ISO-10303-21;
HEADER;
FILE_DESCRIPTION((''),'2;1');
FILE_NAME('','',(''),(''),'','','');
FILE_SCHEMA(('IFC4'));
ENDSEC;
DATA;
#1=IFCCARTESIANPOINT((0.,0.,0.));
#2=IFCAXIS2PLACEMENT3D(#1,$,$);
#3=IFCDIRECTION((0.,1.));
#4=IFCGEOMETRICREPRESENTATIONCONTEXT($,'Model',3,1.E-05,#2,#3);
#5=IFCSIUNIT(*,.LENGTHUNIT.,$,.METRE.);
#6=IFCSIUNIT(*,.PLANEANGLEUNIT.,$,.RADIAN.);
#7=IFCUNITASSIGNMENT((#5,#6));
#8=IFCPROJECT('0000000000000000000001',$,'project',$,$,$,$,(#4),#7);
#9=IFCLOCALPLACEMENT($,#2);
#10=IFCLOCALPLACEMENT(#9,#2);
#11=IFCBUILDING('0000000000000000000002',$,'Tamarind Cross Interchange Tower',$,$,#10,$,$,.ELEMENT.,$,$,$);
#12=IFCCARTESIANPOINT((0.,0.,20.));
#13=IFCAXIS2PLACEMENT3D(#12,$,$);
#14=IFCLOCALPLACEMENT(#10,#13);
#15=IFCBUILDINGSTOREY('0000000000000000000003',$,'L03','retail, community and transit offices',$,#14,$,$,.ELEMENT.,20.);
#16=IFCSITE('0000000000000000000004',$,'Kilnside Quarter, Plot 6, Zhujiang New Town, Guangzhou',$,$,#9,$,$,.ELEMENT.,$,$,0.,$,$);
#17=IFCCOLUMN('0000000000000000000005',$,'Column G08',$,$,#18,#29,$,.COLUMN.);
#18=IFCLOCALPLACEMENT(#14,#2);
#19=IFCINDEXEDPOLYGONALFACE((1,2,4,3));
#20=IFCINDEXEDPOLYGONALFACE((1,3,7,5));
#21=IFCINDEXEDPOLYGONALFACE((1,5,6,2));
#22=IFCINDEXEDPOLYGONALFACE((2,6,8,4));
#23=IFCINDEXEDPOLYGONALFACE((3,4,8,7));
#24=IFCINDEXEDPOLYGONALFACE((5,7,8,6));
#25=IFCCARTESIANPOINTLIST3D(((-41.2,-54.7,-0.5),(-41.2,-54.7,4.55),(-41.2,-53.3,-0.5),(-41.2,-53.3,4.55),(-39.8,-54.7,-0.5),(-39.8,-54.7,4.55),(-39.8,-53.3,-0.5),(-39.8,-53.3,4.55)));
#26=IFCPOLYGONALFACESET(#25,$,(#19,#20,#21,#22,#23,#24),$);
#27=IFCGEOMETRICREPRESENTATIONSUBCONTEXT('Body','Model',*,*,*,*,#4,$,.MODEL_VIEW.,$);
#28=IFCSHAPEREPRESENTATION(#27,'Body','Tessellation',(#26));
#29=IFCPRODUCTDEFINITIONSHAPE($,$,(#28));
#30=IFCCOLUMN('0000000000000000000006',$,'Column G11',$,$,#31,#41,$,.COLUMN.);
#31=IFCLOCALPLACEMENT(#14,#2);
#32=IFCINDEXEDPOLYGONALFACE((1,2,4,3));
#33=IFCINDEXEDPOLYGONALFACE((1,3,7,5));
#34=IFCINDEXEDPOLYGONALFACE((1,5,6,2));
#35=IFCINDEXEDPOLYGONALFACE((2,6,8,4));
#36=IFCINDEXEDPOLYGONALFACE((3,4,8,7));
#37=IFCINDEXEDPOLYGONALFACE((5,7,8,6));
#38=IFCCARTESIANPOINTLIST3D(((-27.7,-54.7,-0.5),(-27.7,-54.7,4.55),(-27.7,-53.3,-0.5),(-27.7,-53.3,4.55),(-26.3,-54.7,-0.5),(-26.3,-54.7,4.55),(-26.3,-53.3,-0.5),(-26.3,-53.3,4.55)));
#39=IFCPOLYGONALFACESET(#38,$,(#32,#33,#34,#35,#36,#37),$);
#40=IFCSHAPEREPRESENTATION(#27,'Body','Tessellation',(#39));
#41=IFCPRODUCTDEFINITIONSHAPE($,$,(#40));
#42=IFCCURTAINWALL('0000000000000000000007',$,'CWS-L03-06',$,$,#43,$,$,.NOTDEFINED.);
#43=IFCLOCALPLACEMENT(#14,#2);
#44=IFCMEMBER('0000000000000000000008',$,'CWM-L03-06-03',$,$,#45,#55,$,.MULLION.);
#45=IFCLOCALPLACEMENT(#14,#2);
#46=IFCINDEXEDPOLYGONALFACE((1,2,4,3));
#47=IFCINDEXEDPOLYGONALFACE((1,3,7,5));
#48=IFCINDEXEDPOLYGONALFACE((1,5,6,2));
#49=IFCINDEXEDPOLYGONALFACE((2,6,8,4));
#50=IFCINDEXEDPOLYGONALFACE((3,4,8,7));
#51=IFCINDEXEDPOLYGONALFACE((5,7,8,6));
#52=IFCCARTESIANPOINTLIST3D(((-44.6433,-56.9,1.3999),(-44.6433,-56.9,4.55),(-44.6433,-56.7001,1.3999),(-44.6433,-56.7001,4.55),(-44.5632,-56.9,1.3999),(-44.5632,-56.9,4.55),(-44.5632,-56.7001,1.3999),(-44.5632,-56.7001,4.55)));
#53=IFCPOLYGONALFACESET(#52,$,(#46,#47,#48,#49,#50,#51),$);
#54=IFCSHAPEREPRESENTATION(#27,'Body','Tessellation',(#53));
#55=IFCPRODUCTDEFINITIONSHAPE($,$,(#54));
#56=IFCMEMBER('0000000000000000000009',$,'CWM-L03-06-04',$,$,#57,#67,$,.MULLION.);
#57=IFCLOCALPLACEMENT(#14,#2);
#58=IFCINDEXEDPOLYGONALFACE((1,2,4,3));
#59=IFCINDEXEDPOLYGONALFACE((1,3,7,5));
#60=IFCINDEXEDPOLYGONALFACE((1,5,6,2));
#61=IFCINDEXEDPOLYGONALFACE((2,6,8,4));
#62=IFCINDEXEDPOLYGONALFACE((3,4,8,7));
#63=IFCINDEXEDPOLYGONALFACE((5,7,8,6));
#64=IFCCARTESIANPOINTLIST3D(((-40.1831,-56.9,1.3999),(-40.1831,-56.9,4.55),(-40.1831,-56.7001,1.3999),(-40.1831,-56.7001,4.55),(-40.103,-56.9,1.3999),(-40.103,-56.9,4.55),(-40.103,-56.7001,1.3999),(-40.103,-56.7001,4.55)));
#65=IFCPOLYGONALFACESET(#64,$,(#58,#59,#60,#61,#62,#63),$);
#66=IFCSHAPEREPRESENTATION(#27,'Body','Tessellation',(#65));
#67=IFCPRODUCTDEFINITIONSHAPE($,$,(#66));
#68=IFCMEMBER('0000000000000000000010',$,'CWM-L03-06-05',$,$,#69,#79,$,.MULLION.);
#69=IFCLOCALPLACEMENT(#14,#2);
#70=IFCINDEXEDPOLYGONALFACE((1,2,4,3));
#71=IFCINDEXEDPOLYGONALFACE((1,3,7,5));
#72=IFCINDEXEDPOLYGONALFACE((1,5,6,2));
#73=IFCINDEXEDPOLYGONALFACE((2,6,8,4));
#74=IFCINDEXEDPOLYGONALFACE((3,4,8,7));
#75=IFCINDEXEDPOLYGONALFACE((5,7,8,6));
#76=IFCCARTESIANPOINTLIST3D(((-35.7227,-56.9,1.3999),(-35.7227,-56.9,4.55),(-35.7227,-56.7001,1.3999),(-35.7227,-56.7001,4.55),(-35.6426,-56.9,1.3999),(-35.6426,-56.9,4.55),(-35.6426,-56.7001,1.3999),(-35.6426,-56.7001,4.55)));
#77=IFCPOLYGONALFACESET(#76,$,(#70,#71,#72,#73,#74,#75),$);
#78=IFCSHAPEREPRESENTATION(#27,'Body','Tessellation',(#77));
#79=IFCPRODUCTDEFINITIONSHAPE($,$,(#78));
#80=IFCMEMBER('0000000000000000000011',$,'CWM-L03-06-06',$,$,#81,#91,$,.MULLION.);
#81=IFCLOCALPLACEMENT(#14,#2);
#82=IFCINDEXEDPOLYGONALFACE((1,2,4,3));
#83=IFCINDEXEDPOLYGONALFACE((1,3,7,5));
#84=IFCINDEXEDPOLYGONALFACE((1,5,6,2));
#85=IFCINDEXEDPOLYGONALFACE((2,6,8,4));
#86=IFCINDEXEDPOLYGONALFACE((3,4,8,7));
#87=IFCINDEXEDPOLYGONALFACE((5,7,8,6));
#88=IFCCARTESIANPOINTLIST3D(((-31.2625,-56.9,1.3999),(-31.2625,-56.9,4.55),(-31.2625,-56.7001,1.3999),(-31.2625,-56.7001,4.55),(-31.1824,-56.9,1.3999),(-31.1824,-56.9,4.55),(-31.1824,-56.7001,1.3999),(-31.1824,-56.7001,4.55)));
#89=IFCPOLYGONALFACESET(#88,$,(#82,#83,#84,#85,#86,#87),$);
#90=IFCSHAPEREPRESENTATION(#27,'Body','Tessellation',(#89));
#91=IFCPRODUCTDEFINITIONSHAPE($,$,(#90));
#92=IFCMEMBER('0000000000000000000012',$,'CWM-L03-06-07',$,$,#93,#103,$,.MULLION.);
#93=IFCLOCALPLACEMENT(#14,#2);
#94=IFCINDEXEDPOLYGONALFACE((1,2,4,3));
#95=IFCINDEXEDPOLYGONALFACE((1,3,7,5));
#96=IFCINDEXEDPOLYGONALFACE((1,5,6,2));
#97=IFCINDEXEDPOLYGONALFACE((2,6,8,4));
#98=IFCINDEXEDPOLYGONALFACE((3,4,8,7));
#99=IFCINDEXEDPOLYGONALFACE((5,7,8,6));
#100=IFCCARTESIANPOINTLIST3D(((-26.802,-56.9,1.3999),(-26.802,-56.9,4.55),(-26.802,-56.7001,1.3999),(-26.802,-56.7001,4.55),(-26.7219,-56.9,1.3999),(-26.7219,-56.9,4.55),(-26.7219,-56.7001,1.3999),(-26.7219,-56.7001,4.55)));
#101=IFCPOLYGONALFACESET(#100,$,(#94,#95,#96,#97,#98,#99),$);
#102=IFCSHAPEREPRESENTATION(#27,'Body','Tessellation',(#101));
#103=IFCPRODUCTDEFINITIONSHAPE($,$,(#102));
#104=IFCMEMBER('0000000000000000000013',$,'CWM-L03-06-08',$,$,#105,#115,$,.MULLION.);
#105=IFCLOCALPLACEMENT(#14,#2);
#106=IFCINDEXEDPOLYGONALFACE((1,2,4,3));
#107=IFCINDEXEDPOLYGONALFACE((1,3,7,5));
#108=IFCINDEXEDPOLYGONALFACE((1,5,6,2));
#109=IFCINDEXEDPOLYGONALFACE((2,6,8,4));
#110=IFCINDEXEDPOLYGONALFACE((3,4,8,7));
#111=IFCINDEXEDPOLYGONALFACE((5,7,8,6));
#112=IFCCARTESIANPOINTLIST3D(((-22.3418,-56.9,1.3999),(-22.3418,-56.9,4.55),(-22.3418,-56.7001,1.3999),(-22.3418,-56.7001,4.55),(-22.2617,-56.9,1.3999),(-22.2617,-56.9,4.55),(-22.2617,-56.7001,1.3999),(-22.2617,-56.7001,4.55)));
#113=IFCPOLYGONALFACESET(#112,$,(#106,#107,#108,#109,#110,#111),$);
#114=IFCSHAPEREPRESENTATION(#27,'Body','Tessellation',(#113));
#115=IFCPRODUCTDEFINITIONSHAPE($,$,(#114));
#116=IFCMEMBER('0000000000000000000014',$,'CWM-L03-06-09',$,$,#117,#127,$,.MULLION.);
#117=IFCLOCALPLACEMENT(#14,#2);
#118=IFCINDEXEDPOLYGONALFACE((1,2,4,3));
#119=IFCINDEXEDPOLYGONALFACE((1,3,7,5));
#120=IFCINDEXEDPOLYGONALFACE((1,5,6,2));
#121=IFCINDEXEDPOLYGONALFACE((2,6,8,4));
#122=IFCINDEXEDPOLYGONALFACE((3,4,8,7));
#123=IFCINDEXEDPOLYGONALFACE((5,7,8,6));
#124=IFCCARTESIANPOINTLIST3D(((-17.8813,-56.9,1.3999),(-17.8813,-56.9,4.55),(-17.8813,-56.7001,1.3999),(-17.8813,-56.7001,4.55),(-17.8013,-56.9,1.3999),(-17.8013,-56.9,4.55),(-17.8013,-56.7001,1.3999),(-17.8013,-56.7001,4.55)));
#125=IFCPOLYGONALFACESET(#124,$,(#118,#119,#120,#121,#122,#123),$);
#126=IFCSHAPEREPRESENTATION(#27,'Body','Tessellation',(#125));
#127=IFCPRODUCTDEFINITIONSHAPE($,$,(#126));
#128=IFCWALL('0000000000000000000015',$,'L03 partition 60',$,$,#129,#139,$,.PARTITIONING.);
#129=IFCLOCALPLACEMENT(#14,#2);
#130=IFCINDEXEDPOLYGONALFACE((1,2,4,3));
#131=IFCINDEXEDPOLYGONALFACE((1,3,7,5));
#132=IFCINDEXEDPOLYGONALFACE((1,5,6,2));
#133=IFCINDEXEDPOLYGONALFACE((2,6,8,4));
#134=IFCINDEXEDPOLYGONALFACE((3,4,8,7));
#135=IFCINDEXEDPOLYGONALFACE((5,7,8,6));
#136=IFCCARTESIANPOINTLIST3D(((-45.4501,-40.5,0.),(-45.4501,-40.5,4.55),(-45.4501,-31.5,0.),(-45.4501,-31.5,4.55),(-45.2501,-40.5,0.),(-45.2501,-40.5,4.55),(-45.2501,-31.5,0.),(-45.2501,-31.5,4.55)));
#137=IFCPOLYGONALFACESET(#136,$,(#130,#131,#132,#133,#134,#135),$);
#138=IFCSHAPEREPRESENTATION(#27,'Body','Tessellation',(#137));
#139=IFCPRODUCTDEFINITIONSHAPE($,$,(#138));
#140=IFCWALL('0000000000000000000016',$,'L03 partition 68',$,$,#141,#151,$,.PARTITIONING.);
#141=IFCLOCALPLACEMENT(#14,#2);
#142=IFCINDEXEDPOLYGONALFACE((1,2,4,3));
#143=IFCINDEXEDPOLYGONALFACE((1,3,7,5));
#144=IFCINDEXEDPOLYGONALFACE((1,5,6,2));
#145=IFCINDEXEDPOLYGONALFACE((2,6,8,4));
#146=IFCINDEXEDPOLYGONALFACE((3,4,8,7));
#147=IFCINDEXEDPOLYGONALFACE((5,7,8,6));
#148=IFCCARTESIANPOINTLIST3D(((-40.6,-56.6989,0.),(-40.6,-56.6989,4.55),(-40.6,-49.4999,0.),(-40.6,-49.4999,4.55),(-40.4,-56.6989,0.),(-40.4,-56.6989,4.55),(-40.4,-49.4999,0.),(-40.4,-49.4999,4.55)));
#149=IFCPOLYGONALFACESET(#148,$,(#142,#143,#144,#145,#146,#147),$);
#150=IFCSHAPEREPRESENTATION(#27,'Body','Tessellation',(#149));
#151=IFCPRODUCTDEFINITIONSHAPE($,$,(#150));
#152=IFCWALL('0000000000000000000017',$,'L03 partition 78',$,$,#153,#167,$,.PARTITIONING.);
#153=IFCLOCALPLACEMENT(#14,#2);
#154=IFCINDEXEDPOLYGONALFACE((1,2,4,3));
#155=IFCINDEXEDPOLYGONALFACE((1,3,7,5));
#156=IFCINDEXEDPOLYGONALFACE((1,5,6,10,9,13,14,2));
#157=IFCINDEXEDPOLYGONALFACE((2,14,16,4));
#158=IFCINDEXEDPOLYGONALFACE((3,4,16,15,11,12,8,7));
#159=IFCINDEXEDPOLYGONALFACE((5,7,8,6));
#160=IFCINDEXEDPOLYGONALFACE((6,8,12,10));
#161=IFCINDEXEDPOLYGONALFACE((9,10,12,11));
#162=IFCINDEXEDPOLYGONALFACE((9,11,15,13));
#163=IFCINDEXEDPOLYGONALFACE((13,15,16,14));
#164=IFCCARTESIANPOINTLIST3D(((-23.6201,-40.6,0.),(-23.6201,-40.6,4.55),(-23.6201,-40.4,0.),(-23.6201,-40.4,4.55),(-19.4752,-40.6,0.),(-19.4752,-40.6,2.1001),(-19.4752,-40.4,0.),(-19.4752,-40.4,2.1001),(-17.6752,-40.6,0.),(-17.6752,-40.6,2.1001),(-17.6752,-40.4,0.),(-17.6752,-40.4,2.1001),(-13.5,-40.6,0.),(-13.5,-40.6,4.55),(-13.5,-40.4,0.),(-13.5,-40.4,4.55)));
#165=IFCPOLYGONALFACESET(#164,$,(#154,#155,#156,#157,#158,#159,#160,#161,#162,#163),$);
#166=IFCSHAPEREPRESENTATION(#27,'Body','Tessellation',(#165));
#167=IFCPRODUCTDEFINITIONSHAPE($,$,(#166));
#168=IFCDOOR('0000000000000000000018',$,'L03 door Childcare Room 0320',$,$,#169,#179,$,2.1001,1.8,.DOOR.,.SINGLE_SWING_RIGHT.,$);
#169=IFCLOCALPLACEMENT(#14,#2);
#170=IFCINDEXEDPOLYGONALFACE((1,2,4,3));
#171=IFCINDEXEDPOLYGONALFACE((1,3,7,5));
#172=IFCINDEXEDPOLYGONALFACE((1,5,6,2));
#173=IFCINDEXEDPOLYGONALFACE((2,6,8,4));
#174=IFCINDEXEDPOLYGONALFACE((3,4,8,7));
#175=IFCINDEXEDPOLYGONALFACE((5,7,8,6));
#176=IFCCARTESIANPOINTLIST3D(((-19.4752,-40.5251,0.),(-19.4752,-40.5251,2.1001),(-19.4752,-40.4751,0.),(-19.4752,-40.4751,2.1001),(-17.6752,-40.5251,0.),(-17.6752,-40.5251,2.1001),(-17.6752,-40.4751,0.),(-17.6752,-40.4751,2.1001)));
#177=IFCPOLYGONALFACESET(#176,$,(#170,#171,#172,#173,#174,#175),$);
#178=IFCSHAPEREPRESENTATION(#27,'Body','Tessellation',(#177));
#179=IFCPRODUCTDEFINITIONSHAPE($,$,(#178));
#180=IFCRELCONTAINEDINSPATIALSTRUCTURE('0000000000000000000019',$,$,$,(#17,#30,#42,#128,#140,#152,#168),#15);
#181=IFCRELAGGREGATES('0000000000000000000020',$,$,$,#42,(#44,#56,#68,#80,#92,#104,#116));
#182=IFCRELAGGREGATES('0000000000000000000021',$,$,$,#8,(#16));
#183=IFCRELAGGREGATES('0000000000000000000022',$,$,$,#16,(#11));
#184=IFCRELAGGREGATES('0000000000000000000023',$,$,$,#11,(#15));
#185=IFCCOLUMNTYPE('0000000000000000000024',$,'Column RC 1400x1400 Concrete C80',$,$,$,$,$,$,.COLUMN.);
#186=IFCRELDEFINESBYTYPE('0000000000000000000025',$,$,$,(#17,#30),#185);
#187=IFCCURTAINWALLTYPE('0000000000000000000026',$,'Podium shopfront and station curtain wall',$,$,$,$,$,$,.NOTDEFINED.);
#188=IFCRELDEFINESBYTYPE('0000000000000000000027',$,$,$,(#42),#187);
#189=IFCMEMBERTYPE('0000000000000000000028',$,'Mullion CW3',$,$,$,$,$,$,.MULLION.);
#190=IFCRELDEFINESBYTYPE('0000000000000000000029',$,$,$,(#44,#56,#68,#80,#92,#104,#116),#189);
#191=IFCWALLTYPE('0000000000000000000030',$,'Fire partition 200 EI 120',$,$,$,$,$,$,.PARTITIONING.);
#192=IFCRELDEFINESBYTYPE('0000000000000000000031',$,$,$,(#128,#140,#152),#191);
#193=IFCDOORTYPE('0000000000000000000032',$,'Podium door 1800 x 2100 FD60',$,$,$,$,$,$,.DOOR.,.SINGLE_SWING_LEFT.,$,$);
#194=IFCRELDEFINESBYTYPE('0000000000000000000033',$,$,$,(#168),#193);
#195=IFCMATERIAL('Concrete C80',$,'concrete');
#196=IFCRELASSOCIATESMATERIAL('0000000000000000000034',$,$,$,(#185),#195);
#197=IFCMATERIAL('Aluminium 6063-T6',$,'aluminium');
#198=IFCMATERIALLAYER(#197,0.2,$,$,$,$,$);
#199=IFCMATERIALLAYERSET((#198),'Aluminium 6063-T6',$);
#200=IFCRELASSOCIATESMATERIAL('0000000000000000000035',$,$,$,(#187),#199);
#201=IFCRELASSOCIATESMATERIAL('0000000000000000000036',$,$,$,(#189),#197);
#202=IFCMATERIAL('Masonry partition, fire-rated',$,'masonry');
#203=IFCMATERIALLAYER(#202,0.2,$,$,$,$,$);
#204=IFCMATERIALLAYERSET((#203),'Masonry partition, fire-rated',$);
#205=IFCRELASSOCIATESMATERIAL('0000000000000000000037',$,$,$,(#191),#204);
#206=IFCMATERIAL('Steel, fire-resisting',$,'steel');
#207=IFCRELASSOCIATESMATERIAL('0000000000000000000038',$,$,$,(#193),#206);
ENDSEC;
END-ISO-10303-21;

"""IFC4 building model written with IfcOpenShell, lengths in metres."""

from ifc_helpers import new_model, si_unit, direction, frame, frame_2d, origin, origin_2d, place, context, subcontext, project, spatial, rectangle, extrude, material, layer, layer_set, material_profile, profile_set, type_object, element, fill, aggregate, save


model = new_model("IFC4")

# Units and contexts
model_context = context("Model", 3, precision=1e-05, world=origin(), true_north=direction((0.0, 1.0)))
body_context = subcontext(model_context, "Body", "Model", "MODEL_VIEW")
ifc_project = project(units=[si_unit("LENGTHUNIT", "METRE"), si_unit("PLANEANGLEUNIT", "RADIAN")], contexts=[model_context])

# Site, building, storey
site_placement = place(None, origin())
site = spatial("IfcSite", under=ifc_project, at=site_placement, Name="Kilnside Quarter, Plot 6, Zhujiang New Town, Guangzhou", CompositionType="ELEMENT", RefElevation=0.0)
building_placement = place(site_placement, origin())
building = spatial("IfcBuilding", under=site, at=building_placement, Name="Tamarind Cross Interchange Tower", CompositionType="ELEMENT")
storey_placement = place(building_placement, frame((0.0, 0.0, 20.0)))
storey = spatial("IfcBuildingStorey", under=building, at=storey_placement, Name="L03", Description="retail, community and transit offices", CompositionType="ELEMENT", Elevation=20.0)

# Columns
ifc_material_1 = material(Name="Concrete C80", Category="concrete")
ifc_material_profile_1 = material_profile(ifc_material_1, rectangle(XDim=1.3999, YDim=1.3999, at=origin_2d()), Name="RC 1400x1400")
ifc_profile_set_1 = profile_set([ifc_material_profile_1], Name="Concrete C80")
column_type = type_object("IfcColumnType", Name="Column RC 1400x1400 Concrete C80", PredefinedType="COLUMN", material=ifc_profile_set_1)
for number, where, z_axis, x_axis, name in (
    (1, (-40.5, -54.0, -0.5), (0.0, 0.0, 1.0), (1.0, 0.0, 0.0), "Column G08"),
    (2, (-27.0, -54.0, -0.5), (0.0, 0.0, 1.0), (1.0, 0.0, 0.0), "Column G11"),
):
    element("IfcColumn", number, at=place(storey_placement, frame(where, z_axis=z_axis, x_axis=x_axis)), inside=storey, type_object=column_type, Name=name, PredefinedType="COLUMN", context=body_context, shape_type="SweptSolid", body=[
        extrude(rectangle(XDim=1.3999, YDim=1.3999, at=origin_2d()), origin(), (0.0, 0.0, 1.0), 5.05),
    ])

# Curtain wall, members
ifc_material_2 = material(Name="Aluminium 6063-T6", Category="aluminium")
ifc_layer_1 = layer(ifc_material_2, 0.2)
ifc_layer_set_1 = layer_set([ifc_layer_1], Name="Aluminium 6063-T6")
curtain_wall_type = type_object("IfcCurtainWallType", Name="Podium shopfront and station curtain wall", PredefinedType="NOTDEFINED", material=ifc_layer_set_1)
curtain_wall_placement = place(storey_placement, origin())
curtain_wall = element("IfcCurtainWall", 3, at=curtain_wall_placement, inside=storey, type_object=curtain_wall_type, Name="CWS-L03-06", PredefinedType="NOTDEFINED")
ifc_material_profile_2 = material_profile(ifc_material_2, rectangle(XDim=0.0801, YDim=0.2, at=origin_2d()), Name="Mullion CW3")
ifc_profile_set_2 = profile_set([ifc_material_profile_2], Name="Aluminium 6063-T6")
member_type = type_object("IfcMemberType", Name="Mullion CW3", PredefinedType="MULLION", material=ifc_profile_set_2)
member_1_placement = place(storey_placement, frame((-44.6033, -56.8, 1.3999), z_axis=(0.0, 0.0, 1.0), x_axis=(1.0, 0.0, 0.0)))
member_1 = element("IfcMember", 4, at=member_1_placement, type_object=member_type, Name="CWM-L03-06-03", PredefinedType="MULLION", context=body_context, shape_type="SweptSolid", body=[
    extrude(rectangle(XDim=0.0801, YDim=0.2, at=origin_2d()), origin(), (0.0, 0.0, 1.0), 3.1501),
])
member_2_placement = place(storey_placement, frame((-40.1431, -56.8, 1.3999), z_axis=(0.0, 0.0, 1.0), x_axis=(1.0, 0.0, 0.0)))
member_2 = element("IfcMember", 5, at=member_2_placement, type_object=member_type, Name="CWM-L03-06-04", PredefinedType="MULLION", context=body_context, shape_type="SweptSolid", body=[
    extrude(rectangle(XDim=0.0801, YDim=0.2, at=origin_2d()), origin(), (0.0, 0.0, 1.0), 3.1501),
])
member_3_placement = place(storey_placement, frame((-35.6826, -56.8, 1.3999), z_axis=(0.0, 0.0, 1.0), x_axis=(1.0, 0.0, 0.0)))
member_3 = element("IfcMember", 6, at=member_3_placement, type_object=member_type, Name="CWM-L03-06-05", PredefinedType="MULLION", context=body_context, shape_type="SweptSolid", body=[
    extrude(rectangle(XDim=0.0801, YDim=0.2, at=origin_2d()), origin(), (0.0, 0.0, 1.0), 3.1501),
])
member_4_placement = place(storey_placement, frame((-31.2224, -56.8, 1.3999), z_axis=(0.0, 0.0, 1.0), x_axis=(1.0, 0.0, 0.0)))
member_4 = element("IfcMember", 7, at=member_4_placement, type_object=member_type, Name="CWM-L03-06-06", PredefinedType="MULLION", context=body_context, shape_type="SweptSolid", body=[
    extrude(rectangle(XDim=0.0801, YDim=0.2, at=origin_2d()), origin(), (0.0, 0.0, 1.0), 3.1501),
])
member_5_placement = place(storey_placement, frame((-26.762, -56.8, 1.3999), z_axis=(0.0, 0.0, 1.0), x_axis=(1.0, 0.0, 0.0)))
member_5 = element("IfcMember", 8, at=member_5_placement, type_object=member_type, Name="CWM-L03-06-07", PredefinedType="MULLION", context=body_context, shape_type="SweptSolid", body=[
    extrude(rectangle(XDim=0.0801, YDim=0.2, at=origin_2d()), origin(), (0.0, 0.0, 1.0), 3.1501),
])
member_6_placement = place(storey_placement, frame((-22.3018, -56.8, 1.3999), z_axis=(0.0, 0.0, 1.0), x_axis=(1.0, 0.0, 0.0)))
member_6 = element("IfcMember", 9, at=member_6_placement, type_object=member_type, Name="CWM-L03-06-08", PredefinedType="MULLION", context=body_context, shape_type="SweptSolid", body=[
    extrude(rectangle(XDim=0.0801, YDim=0.2, at=origin_2d()), origin(), (0.0, 0.0, 1.0), 3.1501),
])
member_7_placement = place(storey_placement, frame((-17.8413, -56.8, 1.3999), z_axis=(0.0, 0.0, 1.0), x_axis=(1.0, 0.0, 0.0)))
member_7 = element("IfcMember", 10, at=member_7_placement, type_object=member_type, Name="CWM-L03-06-09", PredefinedType="MULLION", context=body_context, shape_type="SweptSolid", body=[
    extrude(rectangle(XDim=0.0801, YDim=0.2, at=origin_2d()), origin(), (0.0, 0.0, 1.0), 3.1501),
])
aggregate(curtain_wall, [member_1, member_2, member_3, member_4, member_5, member_6, member_7])

# Walls
ifc_material_3 = material(Name="Masonry partition, fire-rated", Category="masonry")
ifc_layer_2 = layer(ifc_material_3, 0.2)
ifc_layer_set_2 = layer_set([ifc_layer_2], Name="Masonry partition, fire-rated")
wall_type_1 = type_object("IfcWallType", Name="Fire partition 200 EI 120", PredefinedType="PARTITIONING", material=ifc_layer_set_2)
wall_1_placement = place(storey_placement, frame((-45.3501, -40.5, 0.0), z_axis=(0.0, 0.0, 1.0), x_axis=(0.0, 1.0, 0.0)))
element("IfcWall", 11, at=wall_1_placement, inside=storey, type_object=wall_type_1, Name="L03 partition 60", PredefinedType="PARTITIONING", context=body_context, shape_type="SweptSolid", body=[
    extrude(rectangle(XDim=9.0, YDim=0.2, at=frame_2d((4.5, 0.0))), origin(), (0.0, 0.0, 1.0), 4.55),
])
wall_2_placement = place(storey_placement, frame((-40.5, -56.699, 0.0), z_axis=(0.0, 0.0, 1.0), x_axis=(0.0, 1.0, 0.0)))
element("IfcWall", 12, at=wall_2_placement, inside=storey, type_object=wall_type_1, Name="L03 partition 68", PredefinedType="PARTITIONING", context=body_context, shape_type="SweptSolid", body=[
    extrude(rectangle(XDim=7.199, YDim=0.2, at=frame_2d((3.5996, 0.0))), origin(), (0.0, 0.0, 1.0), 4.55),
])

# Wall, opening, door
wall_3_placement = place(storey_placement, frame((-23.6201, -40.5, 0.0), z_axis=(0.0, 0.0, 1.0), x_axis=(1.0, 0.0, 0.0)))
wall_3 = element("IfcWall", 13, at=wall_3_placement, inside=storey, type_object=wall_type_1, Name="L03 partition 78", PredefinedType="PARTITIONING", context=body_context, shape_type="SweptSolid", body=[
    extrude(rectangle(XDim=10.1201, YDim=0.2, at=frame_2d((5.0601, 0.0))), origin(), (0.0, 0.0, 1.0), 4.55),
])
opening_1_placement = place(wall_3_placement, frame((4.145, 0.0, 0.0)))
opening_1 = element("IfcOpeningElement", 14, at=opening_1_placement, cuts=wall_3, PredefinedType="OPENING", context=body_context, shape_type="SweptSolid", body=[
    extrude(rectangle(XDim=1.8, YDim=2.1001, at=frame_2d((0.8999, 1.05))), frame((0.0, 0.1099, 0.0), z_axis=(0.0, -1.0, 0.0), x_axis=(1.0, 0.0, 0.0)), (0.0, 0.0, 1.0), 0.22),
])
ifc_material_4 = material(Name="Steel, fire-resisting", Category="steel")
door_type = type_object("IfcDoorType", Name="Podium door 1800 x 2100 FD60", OperationType="SINGLE_SWING_LEFT", PredefinedType="DOOR", material=ifc_material_4)
door_placement = place(opening_1_placement, origin())
door = element("IfcDoor", 15, at=door_placement, inside=storey, type_object=door_type, Name="L03 door Childcare Room 0320", OperationType="SINGLE_SWING_RIGHT", OverallHeight=2.1001, OverallWidth=1.8, PredefinedType="DOOR", context=body_context, shape_type="SweptSolid", body=[
    extrude(rectangle(XDim=1.8, YDim=2.1001, at=frame_2d((0.8999, 1.05))), frame((0.0, 0.0249, 0.0), z_axis=(0.0, -1.0, 0.0), x_axis=(1.0, 0.0, 0.0)), (0.0, 0.0, 1.0), 0.05),
])
fill(opening_1, door)

save(model, "model.ifc")
